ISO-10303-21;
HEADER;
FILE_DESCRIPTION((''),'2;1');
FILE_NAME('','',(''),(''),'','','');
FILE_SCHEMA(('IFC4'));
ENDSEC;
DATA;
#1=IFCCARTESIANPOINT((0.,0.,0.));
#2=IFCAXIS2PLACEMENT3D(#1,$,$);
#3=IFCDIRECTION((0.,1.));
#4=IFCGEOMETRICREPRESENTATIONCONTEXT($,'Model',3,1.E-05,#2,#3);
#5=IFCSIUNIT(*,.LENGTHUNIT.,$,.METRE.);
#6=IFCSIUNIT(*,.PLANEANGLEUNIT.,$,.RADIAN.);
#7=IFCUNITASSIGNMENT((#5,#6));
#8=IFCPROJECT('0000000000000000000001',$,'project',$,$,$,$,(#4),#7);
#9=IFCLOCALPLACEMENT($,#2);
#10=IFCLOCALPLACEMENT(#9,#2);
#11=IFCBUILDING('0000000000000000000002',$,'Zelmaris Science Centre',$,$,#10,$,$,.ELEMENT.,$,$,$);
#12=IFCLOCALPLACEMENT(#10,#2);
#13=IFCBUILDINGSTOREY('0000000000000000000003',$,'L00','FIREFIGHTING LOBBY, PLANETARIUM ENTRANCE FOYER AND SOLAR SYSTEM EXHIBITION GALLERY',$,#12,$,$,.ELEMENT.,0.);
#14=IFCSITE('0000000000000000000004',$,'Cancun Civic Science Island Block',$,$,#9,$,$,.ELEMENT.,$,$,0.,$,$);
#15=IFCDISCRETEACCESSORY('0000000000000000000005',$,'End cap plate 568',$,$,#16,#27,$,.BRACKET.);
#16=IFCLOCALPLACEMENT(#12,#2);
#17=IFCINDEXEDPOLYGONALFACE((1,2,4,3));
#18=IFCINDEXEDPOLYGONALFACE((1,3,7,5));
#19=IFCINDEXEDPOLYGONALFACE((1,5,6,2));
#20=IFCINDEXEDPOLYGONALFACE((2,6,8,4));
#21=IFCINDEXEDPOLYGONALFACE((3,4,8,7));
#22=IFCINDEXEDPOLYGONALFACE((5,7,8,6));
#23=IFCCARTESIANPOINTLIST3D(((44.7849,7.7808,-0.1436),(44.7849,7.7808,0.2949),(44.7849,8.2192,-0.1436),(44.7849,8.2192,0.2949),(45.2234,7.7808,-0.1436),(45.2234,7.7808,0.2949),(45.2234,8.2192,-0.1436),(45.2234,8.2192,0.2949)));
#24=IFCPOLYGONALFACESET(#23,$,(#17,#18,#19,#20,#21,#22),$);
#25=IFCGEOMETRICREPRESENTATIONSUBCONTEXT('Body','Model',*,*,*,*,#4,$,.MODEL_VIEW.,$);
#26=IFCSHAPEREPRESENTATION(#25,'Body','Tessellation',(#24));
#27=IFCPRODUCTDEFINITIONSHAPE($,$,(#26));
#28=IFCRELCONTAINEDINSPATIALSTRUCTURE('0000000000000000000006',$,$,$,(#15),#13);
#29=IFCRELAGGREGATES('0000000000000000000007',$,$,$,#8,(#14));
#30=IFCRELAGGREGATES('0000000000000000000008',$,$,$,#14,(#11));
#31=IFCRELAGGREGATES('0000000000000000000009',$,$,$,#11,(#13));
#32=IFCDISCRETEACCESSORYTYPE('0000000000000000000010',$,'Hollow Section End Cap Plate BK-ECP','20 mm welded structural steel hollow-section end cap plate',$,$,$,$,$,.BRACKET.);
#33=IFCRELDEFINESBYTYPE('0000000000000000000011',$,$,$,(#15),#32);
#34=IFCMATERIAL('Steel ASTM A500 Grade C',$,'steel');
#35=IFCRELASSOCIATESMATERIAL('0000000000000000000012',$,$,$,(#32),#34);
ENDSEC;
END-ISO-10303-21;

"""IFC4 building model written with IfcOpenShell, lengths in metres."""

from ifc_helpers import new_model, si_unit, direction, frame, origin, place, context, subcontext, project, spatial, polyline, outline, extrude, material, type_object, element, save


model = new_model("IFC4")

# Units and contexts
model_context = context("Model", 3, precision=1e-05, world=origin(), true_north=direction((0.0, 1.0)))
body_context = subcontext(model_context, "Body", "Model", "MODEL_VIEW")
ifc_project = project(units=[si_unit("LENGTHUNIT", "METRE"), si_unit("PLANEANGLEUNIT", "RADIAN")], contexts=[model_context])

# Site, building, storey
site_placement = place(None, origin())
site = spatial("IfcSite", under=ifc_project, at=site_placement, Name="Cancun Civic Science Island Block", CompositionType="ELEMENT", RefElevation=0.0)
building_placement = place(site_placement, origin())
building = spatial("IfcBuilding", under=site, at=building_placement, Name="Zelmaris Science Centre", CompositionType="ELEMENT")
storey_placement = place(building_placement, origin())
storey = spatial("IfcBuildingStorey", under=building, at=storey_placement, Name="L00", Description="FIREFIGHTING LOBBY, PLANETARIUM ENTRANCE FOYER AND SOLAR SYSTEM EXHIBITION GALLERY", CompositionType="ELEMENT", Elevation=0.0)

# Discrete accessory
ifc_material_1 = material(Name="Steel ASTM A500 Grade C", Category="steel")
discrete_accessory_type = type_object("IfcDiscreteAccessoryType", Name="Hollow Section End Cap Plate BK-ECP", Description="20 mm welded structural steel hollow-section end cap plate", PredefinedType="BRACKET", material=ifc_material_1)
discrete_accessory_1_placement = place(storey_placement, frame((0.0, 0.0, -0.1436)))
element("IfcDiscreteAccessory", 1, at=discrete_accessory_1_placement, inside=storey, type_object=discrete_accessory_type, Name="End cap plate 568", PredefinedType="BRACKET", context=body_context, shape_type="SweptSolid", body=[
    extrude(outline(polyline([(44.7849, 7.7808), (45.2234, 7.7808), (45.2234, 8.2192), (44.7849, 8.2192), (44.7849, 7.7808)])), origin(), (0.0, 0.0, 1.0), 0.4385),
])

save(model, "model.ifc")
